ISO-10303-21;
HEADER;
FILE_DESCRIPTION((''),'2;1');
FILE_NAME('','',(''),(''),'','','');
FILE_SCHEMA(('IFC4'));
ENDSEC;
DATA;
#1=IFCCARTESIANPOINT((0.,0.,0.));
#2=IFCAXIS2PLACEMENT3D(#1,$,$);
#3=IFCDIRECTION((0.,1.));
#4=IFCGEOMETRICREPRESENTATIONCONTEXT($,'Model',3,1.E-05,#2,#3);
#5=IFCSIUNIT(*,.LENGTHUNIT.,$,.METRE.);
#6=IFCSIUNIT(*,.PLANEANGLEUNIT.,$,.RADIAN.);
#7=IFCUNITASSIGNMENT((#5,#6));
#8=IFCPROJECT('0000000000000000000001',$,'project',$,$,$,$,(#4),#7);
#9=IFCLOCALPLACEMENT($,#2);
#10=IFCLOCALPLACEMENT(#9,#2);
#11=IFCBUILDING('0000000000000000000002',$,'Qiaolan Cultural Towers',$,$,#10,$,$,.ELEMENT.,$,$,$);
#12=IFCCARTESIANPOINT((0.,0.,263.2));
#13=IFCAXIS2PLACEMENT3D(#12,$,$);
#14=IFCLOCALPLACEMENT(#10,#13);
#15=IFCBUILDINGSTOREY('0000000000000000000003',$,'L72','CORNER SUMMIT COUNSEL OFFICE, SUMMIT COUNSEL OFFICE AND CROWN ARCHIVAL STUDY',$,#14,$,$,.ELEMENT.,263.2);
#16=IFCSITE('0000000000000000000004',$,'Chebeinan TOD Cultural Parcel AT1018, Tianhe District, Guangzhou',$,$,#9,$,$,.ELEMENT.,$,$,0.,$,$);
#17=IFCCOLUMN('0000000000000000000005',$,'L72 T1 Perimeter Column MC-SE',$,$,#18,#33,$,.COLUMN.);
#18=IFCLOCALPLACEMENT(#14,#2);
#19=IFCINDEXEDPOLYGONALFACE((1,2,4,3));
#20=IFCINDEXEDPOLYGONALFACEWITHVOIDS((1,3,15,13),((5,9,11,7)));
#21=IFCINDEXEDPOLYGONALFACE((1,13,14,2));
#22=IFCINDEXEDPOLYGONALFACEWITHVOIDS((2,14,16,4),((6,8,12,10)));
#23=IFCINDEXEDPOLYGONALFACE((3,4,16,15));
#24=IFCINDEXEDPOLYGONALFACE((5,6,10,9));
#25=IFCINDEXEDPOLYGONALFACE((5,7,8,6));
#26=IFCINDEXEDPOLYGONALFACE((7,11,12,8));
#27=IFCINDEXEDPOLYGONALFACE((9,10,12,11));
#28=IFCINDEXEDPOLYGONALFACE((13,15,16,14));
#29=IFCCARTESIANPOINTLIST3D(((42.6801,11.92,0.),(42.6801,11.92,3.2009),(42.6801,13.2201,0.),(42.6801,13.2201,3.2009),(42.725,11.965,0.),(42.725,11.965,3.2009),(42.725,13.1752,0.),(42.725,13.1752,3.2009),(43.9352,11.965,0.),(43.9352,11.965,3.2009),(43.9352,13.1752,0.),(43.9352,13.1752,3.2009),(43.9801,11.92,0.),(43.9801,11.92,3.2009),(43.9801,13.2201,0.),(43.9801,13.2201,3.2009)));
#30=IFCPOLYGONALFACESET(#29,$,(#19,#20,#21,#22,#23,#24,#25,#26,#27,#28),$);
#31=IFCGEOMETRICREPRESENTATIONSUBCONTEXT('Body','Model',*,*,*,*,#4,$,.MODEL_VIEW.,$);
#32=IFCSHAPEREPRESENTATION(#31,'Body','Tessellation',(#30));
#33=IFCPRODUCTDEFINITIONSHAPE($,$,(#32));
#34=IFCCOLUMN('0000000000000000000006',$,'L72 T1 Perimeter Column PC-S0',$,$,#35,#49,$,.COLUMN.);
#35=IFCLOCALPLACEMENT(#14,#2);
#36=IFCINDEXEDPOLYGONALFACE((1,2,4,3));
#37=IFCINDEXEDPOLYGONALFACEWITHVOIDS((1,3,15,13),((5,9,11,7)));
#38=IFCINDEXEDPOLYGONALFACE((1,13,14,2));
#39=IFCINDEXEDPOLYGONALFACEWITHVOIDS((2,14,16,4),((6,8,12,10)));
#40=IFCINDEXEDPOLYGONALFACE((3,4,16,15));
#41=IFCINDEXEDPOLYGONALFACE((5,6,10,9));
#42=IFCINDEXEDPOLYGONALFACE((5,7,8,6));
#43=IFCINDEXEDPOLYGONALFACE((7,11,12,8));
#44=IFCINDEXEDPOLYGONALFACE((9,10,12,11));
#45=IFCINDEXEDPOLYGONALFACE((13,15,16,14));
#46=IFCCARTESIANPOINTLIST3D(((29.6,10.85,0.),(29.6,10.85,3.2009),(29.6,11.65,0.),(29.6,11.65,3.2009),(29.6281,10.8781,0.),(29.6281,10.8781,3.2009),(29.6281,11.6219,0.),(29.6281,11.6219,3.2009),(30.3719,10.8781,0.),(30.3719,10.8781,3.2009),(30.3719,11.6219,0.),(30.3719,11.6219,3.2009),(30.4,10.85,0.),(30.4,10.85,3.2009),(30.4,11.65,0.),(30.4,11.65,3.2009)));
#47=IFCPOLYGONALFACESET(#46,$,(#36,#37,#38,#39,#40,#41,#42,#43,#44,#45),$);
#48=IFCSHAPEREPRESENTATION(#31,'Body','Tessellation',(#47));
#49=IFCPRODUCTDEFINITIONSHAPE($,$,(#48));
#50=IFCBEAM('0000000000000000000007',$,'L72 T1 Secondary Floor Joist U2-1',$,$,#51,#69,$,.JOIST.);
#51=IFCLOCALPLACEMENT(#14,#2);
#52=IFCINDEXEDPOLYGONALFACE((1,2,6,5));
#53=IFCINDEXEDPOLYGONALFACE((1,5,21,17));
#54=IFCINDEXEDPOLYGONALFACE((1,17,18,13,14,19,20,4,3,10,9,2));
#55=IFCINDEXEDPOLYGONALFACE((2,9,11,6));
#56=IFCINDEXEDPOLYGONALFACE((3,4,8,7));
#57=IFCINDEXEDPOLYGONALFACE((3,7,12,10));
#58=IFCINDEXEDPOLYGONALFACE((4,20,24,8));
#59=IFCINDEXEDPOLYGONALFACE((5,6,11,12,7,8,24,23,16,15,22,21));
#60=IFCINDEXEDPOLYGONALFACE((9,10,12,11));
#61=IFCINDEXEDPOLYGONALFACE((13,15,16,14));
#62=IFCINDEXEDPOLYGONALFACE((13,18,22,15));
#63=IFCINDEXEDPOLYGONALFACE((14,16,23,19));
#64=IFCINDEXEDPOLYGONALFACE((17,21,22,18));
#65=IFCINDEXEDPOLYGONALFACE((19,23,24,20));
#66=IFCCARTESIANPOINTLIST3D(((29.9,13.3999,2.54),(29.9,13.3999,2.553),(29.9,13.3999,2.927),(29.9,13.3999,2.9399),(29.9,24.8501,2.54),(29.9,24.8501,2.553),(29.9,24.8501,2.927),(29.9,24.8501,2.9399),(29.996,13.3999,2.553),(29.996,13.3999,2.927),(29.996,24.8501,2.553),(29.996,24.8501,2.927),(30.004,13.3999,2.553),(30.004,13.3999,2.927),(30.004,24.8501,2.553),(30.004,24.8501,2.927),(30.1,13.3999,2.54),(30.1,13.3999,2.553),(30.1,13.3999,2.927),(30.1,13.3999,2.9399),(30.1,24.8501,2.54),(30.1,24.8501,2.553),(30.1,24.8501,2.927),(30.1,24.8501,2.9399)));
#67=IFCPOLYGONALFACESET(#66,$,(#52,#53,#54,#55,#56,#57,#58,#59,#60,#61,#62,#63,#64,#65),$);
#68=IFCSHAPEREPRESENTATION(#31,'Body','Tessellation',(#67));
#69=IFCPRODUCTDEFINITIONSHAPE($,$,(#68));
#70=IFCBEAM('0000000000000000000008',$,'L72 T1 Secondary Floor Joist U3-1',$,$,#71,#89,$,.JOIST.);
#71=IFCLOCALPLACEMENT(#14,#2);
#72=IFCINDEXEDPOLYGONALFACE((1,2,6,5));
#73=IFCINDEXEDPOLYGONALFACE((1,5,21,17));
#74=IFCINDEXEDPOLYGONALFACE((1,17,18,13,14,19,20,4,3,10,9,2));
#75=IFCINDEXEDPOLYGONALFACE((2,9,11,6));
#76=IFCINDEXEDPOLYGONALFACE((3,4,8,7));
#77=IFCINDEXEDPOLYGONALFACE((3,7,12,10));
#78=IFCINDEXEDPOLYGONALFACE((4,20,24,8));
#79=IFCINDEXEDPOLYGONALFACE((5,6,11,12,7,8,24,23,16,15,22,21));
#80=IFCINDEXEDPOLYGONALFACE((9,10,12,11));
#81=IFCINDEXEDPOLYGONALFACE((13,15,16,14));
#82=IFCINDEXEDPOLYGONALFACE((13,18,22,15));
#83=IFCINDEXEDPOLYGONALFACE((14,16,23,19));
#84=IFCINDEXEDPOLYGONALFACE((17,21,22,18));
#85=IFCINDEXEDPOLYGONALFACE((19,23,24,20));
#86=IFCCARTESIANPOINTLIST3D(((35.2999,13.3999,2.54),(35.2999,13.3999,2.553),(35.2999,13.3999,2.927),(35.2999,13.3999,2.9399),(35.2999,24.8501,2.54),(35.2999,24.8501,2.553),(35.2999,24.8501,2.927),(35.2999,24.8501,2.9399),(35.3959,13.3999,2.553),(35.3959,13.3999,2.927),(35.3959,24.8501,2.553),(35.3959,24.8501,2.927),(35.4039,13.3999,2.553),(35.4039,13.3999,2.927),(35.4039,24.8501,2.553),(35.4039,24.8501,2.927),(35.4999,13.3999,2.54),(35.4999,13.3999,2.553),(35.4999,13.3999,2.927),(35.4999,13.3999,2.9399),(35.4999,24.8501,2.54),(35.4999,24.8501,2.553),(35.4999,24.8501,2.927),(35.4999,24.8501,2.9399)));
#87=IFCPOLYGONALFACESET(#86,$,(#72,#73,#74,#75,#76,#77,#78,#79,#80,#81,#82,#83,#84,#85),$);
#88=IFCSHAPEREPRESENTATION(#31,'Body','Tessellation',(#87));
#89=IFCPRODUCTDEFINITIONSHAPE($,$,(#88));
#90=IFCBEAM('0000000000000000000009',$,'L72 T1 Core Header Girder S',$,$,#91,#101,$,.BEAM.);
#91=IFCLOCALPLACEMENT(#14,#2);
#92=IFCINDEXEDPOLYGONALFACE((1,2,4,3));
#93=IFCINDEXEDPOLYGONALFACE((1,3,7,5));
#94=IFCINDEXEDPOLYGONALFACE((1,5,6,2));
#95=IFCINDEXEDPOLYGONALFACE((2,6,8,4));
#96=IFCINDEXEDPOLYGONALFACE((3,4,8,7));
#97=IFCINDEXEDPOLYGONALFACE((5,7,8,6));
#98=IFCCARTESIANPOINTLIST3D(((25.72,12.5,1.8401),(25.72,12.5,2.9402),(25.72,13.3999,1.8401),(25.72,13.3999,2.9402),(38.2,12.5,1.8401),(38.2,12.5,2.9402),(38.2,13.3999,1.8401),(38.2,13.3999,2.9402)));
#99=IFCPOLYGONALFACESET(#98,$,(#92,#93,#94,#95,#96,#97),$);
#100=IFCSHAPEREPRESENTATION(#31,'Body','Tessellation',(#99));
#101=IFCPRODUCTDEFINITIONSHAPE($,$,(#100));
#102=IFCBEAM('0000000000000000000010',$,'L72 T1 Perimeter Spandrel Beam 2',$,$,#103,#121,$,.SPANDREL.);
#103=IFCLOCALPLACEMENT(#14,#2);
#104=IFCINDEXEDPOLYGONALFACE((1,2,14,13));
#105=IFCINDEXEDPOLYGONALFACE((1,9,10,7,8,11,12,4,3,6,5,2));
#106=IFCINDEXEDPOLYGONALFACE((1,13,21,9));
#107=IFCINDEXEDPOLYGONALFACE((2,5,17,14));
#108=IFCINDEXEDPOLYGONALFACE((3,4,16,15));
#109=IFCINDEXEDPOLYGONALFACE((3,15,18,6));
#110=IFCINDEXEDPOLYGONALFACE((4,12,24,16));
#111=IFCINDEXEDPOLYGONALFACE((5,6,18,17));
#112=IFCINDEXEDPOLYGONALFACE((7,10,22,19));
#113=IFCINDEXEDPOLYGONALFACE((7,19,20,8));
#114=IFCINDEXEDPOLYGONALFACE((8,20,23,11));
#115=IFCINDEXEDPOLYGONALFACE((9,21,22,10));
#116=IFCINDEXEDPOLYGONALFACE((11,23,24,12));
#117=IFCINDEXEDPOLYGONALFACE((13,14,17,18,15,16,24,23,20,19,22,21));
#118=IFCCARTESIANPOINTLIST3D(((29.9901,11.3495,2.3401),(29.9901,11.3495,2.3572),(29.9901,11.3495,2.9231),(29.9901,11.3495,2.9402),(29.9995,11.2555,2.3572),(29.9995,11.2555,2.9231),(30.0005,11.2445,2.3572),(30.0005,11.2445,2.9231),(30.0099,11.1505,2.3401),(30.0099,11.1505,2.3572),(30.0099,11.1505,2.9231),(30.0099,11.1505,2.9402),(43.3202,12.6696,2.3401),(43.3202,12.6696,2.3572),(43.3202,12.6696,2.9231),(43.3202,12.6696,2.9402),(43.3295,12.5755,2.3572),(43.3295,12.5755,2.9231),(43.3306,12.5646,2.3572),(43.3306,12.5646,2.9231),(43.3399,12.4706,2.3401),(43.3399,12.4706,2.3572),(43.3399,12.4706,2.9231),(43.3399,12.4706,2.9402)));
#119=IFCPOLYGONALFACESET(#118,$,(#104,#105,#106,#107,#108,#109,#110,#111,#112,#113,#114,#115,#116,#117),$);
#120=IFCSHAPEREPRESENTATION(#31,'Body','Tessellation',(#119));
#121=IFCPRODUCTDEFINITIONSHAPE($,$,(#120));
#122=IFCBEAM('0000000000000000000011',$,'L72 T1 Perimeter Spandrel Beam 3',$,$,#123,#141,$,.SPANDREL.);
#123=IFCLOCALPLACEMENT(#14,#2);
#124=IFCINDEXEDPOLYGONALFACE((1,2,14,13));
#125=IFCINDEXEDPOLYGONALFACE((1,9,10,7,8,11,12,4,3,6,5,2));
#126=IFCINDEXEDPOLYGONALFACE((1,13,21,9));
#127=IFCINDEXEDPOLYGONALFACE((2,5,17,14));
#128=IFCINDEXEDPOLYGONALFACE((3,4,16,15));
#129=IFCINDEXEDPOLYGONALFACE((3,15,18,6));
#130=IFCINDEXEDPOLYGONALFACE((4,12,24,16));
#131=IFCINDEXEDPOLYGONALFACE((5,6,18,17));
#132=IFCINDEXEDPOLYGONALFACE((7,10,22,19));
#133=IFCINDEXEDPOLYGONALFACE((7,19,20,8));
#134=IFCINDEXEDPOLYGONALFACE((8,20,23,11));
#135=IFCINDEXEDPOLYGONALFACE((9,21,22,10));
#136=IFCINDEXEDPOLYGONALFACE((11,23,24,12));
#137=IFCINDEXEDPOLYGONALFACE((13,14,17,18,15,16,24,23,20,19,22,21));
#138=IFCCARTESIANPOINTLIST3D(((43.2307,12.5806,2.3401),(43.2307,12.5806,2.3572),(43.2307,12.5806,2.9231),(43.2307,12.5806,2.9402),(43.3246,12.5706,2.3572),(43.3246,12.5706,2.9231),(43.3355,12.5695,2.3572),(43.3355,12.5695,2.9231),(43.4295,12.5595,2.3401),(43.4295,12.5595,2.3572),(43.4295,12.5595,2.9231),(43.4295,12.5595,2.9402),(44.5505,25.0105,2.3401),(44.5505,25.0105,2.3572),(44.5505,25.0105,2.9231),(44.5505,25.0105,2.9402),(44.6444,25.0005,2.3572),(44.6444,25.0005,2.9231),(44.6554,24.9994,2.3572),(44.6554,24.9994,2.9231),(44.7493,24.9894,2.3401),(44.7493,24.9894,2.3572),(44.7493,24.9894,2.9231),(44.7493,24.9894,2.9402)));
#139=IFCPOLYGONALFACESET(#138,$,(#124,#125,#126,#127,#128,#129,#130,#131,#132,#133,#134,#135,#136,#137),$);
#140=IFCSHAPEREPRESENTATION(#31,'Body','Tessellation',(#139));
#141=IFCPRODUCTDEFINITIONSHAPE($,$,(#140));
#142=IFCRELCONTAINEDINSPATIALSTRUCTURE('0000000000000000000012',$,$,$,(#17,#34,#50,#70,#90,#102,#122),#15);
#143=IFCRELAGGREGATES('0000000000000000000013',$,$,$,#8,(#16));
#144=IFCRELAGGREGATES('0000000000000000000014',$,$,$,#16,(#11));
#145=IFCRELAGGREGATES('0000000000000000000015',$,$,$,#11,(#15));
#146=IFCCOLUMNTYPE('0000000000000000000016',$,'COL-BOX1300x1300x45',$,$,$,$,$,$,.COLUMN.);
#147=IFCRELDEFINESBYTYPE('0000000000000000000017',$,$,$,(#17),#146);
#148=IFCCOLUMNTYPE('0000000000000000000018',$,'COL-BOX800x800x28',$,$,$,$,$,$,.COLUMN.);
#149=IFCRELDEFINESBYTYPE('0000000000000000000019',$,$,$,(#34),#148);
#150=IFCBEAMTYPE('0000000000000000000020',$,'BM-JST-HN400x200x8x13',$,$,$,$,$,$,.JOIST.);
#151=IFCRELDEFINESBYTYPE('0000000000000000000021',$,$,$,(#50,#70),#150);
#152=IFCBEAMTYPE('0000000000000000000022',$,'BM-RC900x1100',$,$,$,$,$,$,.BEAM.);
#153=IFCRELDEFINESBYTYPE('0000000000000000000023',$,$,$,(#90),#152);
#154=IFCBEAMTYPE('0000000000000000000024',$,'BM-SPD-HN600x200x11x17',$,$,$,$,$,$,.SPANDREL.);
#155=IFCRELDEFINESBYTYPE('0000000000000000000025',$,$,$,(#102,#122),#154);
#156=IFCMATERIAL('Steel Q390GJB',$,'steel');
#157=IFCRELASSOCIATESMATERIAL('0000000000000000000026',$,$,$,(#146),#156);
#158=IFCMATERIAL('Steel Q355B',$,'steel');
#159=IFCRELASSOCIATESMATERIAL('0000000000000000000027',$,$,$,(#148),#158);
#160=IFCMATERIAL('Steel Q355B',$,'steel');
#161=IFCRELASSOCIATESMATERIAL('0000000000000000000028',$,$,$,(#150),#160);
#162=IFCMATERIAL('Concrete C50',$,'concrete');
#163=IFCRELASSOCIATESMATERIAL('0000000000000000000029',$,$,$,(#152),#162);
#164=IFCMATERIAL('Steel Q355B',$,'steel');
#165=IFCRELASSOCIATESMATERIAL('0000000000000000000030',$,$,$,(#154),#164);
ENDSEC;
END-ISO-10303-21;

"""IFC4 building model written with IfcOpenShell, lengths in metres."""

from ifc_helpers import new_model, si_unit, direction, frame, origin, origin_2d, place, context, subcontext, project, spatial, rectangle, hollow_rectangle, i_section, extrude, material, material_profile, profile_set, type_object, element, save


model = new_model("IFC4")

# Units and contexts
model_context = context("Model", 3, precision=1e-05, world=origin(), true_north=direction((0.0, 1.0)))
body_context = subcontext(model_context, "Body", "Model", "MODEL_VIEW")
ifc_project = project(units=[si_unit("LENGTHUNIT", "METRE"), si_unit("PLANEANGLEUNIT", "RADIAN")], contexts=[model_context])

# Site, building, storey
site_placement = place(None, origin())
site = spatial("IfcSite", under=ifc_project, at=site_placement, Name="Chebeinan TOD Cultural Parcel AT1018, Tianhe District, Guangzhou", CompositionType="ELEMENT", RefElevation=0.0)
building_placement = place(site_placement, origin())
building = spatial("IfcBuilding", under=site, at=building_placement, Name="Qiaolan Cultural Towers", CompositionType="ELEMENT")
storey_placement = place(building_placement, frame((0.0, 0.0, 263.2)))
storey = spatial("IfcBuildingStorey", under=building, at=storey_placement, Name="L72", Description="CORNER SUMMIT COUNSEL OFFICE, SUMMIT COUNSEL OFFICE AND CROWN ARCHIVAL STUDY", CompositionType="ELEMENT", Elevation=263.2)

# Columns
ifc_material_1 = material(Name="Steel Q390GJB", Category="steel")
ifc_material_profile_1 = material_profile(ifc_material_1, hollow_rectangle(XDim=1.3, YDim=1.3, WallThickness=0.0449, at=origin_2d()), Name="BOX1300x1300x45")
ifc_profile_set_1 = profile_set([ifc_material_profile_1], Name="Steel Q390GJB")
column_type_1 = type_object("IfcColumnType", Name="COL-BOX1300x1300x45", PredefinedType="COLUMN", material=ifc_profile_set_1)
column_1_placement = place(storey_placement, frame((43.3301, 12.5701, 0.0), z_axis=(0.0, 0.0, 1.0), x_axis=(1.0, 0.0, 0.0)))
element("IfcColumn", 1, at=column_1_placement, inside=storey, type_object=column_type_1, Name="L72 T1 Perimeter Column MC-SE", PredefinedType="COLUMN", context=body_context, shape_type="SweptSolid", body=[
    extrude(hollow_rectangle(XDim=1.3, YDim=1.3, WallThickness=0.0449, at=origin_2d()), origin(), (0.0, 0.0, 1.0), 3.2009),
])
ifc_material_2 = material(Name="Steel Q355B", Category="steel")
ifc_material_profile_2 = material_profile(ifc_material_2, hollow_rectangle(XDim=0.8, YDim=0.8, WallThickness=0.0281, at=origin_2d()), Name="BOX800x800x28")
ifc_profile_set_2 = profile_set([ifc_material_profile_2], Name="Steel Q355B")
column_type_2 = type_object("IfcColumnType", Name="COL-BOX800x800x28", PredefinedType="COLUMN", material=ifc_profile_set_2)
column_2_placement = place(storey_placement, frame((30.0, 11.25, 0.0), z_axis=(0.0, 0.0, 1.0), x_axis=(1.0, 0.0, 0.0)))
element("IfcColumn", 2, at=column_2_placement, inside=storey, type_object=column_type_2, Name="L72 T1 Perimeter Column PC-S0", PredefinedType="COLUMN", context=body_context, shape_type="SweptSolid", body=[
    extrude(hollow_rectangle(XDim=0.8, YDim=0.8, WallThickness=0.0281, at=origin_2d()), origin(), (0.0, 0.0, 1.0), 3.2009),
])

# Beams
ifc_material_3 = material(Name="Steel Q355B", Category="steel")
ifc_material_profile_3 = material_profile(ifc_material_3, i_section(OverallWidth=0.2, OverallDepth=0.3999, WebThickness=0.0081, FlangeThickness=0.0129, at=origin_2d()), Name="HN400x200x8x13")
ifc_profile_set_3 = profile_set([ifc_material_profile_3], Name="Steel Q355B")
beam_type_1 = type_object("IfcBeamType", Name="BM-JST-HN400x200x8x13", PredefinedType="JOIST", material=ifc_profile_set_3)
for number, where, z_axis, x_axis, name in (
    (3, (30.0, 13.3999, 2.74), (0.0, 1.0, 0.0), (-1.0, 0.0, 0.0), "L72 T1 Secondary Floor Joist U2-1"),
    (4, (35.3999, 13.3999, 2.74), (0.0, 1.0, 0.0), (-1.0, 0.0, 0.0), "L72 T1 Secondary Floor Joist U3-1"),
):
    element("IfcBeam", number, at=place(storey_placement, frame(where, z_axis=z_axis, x_axis=x_axis)), inside=storey, type_object=beam_type_1, Name=name, PredefinedType="JOIST", context=body_context, shape_type="SweptSolid", body=[
        extrude(i_section(OverallWidth=0.2, OverallDepth=0.3999, WebThickness=0.0081, FlangeThickness=0.0129, at=origin_2d()), origin(), (0.0, 0.0, 1.0), 11.4502),
    ])
ifc_material_4 = material(Name="Concrete C50", Category="concrete")
ifc_material_profile_4 = material_profile(ifc_material_4, rectangle(XDim=0.8999, YDim=1.1001, at=origin_2d()), Name="RC900x1100")
ifc_profile_set_4 = profile_set([ifc_material_profile_4], Name="Concrete C50")
beam_type_2 = type_object("IfcBeamType", Name="BM-RC900x1100", PredefinedType="BEAM", material=ifc_profile_set_4)
beam_1_placement = place(storey_placement, frame((25.72, 12.95, 2.3901), z_axis=(1.0, 0.0, 0.0), x_axis=(0.0, 1.0, 0.0)))
element("IfcBeam", 5, at=beam_1_placement, inside=storey, type_object=beam_type_2, Name="L72 T1 Core Header Girder S", PredefinedType="BEAM", context=body_context, shape_type="SweptSolid", body=[
    extrude(rectangle(XDim=0.8999, YDim=1.1001, at=origin_2d()), origin(), (0.0, 0.0, 1.0), 12.48),
])
ifc_material_5 = material(Name="Steel Q355B", Category="steel")
ifc_material_profile_5 = material_profile(ifc_material_5, i_section(OverallWidth=0.2, OverallDepth=0.6001, WebThickness=0.011, FlangeThickness=0.0171, at=origin_2d()), Name="HN600x200x11x17")
ifc_profile_set_5 = profile_set([ifc_material_profile_5], Name="Steel Q355B")
beam_type_3 = type_object("IfcBeamType", Name="BM-SPD-HN600x200x11x17", PredefinedType="SPANDREL", material=ifc_profile_set_5)
beam_2_placement = place(storey_placement, frame((30.0, 11.25, 2.6401), z_axis=(0.995132, 0.098547, 0.0), x_axis=(-0.098547, 0.995132, 0.0)))
element("IfcBeam", 6, at=beam_2_placement, inside=storey, type_object=beam_type_3, Name="L72 T1 Perimeter Spandrel Beam 2", PredefinedType="SPANDREL", context=body_context, shape_type="SweptSolid", body=[
    extrude(i_section(OverallWidth=0.2, OverallDepth=0.6001, WebThickness=0.011, FlangeThickness=0.0171, at=origin_2d()), origin(), (0.0, 0.0, 1.0), 13.3953),
])
beam_3_placement = place(storey_placement, frame((43.3301, 12.5701, 2.6401), z_axis=(0.105588, 0.99441, 0.0), x_axis=(-0.99441, 0.105588, 0.0)))
element("IfcBeam", 7, at=beam_3_placement, inside=storey, type_object=beam_type_3, Name="L72 T1 Perimeter Spandrel Beam 3", PredefinedType="SPANDREL", context=body_context, shape_type="SweptSolid", body=[
    extrude(i_section(OverallWidth=0.2, OverallDepth=0.6001, WebThickness=0.011, FlangeThickness=0.0171, at=origin_2d()), origin(), (0.0, 0.0, 1.0), 12.4998),
])

save(model, "model.ifc")
